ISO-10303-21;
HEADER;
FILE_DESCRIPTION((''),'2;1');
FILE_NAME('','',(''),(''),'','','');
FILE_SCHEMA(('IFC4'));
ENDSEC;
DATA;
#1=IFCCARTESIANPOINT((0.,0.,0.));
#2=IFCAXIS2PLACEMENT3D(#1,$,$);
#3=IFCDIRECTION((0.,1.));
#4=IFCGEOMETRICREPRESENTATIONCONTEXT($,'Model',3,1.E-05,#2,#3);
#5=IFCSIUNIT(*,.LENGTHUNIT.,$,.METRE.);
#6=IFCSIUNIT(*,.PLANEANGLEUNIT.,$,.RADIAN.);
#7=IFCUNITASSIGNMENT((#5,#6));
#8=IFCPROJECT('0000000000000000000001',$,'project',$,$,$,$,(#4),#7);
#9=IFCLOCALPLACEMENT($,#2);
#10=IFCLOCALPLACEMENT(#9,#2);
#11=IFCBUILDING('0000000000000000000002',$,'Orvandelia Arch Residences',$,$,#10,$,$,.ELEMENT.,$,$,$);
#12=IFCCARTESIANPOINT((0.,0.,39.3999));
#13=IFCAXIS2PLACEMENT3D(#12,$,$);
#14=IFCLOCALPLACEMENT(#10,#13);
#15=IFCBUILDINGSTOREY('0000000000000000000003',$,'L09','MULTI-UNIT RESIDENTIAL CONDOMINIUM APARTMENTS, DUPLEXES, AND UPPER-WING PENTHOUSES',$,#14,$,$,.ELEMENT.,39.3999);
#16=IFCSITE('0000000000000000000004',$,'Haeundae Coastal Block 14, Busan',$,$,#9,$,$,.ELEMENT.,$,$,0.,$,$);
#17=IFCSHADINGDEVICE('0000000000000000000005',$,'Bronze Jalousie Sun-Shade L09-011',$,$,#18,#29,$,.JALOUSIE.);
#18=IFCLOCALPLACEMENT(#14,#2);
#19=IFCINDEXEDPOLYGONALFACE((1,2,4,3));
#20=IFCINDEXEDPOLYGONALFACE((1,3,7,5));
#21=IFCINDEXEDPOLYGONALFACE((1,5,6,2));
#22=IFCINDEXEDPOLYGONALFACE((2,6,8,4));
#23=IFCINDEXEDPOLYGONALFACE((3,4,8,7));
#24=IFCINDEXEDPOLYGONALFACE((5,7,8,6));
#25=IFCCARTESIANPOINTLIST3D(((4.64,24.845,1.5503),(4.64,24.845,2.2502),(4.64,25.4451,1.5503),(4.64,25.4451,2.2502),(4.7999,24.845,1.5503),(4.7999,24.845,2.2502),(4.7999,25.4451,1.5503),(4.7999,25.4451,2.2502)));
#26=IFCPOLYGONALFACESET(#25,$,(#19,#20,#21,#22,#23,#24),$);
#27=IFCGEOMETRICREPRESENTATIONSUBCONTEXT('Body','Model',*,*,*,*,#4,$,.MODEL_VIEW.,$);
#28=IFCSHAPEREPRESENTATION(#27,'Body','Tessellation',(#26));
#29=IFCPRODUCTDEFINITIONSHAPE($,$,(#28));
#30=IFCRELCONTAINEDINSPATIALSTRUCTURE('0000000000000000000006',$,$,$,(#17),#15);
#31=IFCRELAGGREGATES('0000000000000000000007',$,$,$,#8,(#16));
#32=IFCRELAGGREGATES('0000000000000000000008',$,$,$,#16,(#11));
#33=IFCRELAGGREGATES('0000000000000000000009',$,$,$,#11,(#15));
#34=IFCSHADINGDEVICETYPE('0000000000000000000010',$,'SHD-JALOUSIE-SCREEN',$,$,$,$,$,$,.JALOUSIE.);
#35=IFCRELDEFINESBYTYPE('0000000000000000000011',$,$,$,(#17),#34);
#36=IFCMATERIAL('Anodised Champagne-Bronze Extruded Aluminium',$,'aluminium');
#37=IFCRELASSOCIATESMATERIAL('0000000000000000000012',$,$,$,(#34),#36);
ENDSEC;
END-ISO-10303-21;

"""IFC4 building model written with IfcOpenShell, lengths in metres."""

from ifc_helpers import new_model, si_unit, direction, frame, origin, origin_2d, place, context, subcontext, project, spatial, rectangle, extrude, material, type_object, element, save


model = new_model("IFC4")

# Units and contexts
model_context = context("Model", 3, precision=1e-05, world=origin(), true_north=direction((0.0, 1.0)))
body_context = subcontext(model_context, "Body", "Model", "MODEL_VIEW")
ifc_project = project(units=[si_unit("LENGTHUNIT", "METRE"), si_unit("PLANEANGLEUNIT", "RADIAN")], contexts=[model_context])

# Site, building, storey
site_placement = place(None, origin())
site = spatial("IfcSite", under=ifc_project, at=site_placement, Name="Haeundae Coastal Block 14, Busan", CompositionType="ELEMENT", RefElevation=0.0)
building_placement = place(site_placement, origin())
building = spatial("IfcBuilding", under=site, at=building_placement, Name="Orvandelia Arch Residences", CompositionType="ELEMENT")
storey_placement = place(building_placement, frame((0.0, 0.0, 39.3999)))
storey = spatial("IfcBuildingStorey", under=building, at=storey_placement, Name="L09", Description="MULTI-UNIT RESIDENTIAL CONDOMINIUM APARTMENTS, DUPLEXES, AND UPPER-WING PENTHOUSES", CompositionType="ELEMENT", Elevation=39.3999)

# Shading device
ifc_material_1 = material(Name="Anodised Champagne-Bronze Extruded Aluminium", Category="aluminium")
shading_device_type = type_object("IfcShadingDeviceType", Name="SHD-JALOUSIE-SCREEN", PredefinedType="JALOUSIE", material=ifc_material_1)
shading_device_placement = place(storey_placement, frame((4.72, 25.145, 1.5503), z_axis=(0.0, 0.0, 1.0), x_axis=(0.0, 1.0, 0.0)))
element("IfcShadingDevice", 1, at=shading_device_placement, inside=storey, type_object=shading_device_type, Name="Bronze Jalousie Sun-Shade L09-011", PredefinedType="JALOUSIE", context=body_context, shape_type="SweptSolid", body=[
    extrude(rectangle(XDim=0.6001, YDim=0.1599, at=origin_2d()), origin(), (0.0, 0.0, 1.0), 0.7),
])

save(model, "model.ifc")
